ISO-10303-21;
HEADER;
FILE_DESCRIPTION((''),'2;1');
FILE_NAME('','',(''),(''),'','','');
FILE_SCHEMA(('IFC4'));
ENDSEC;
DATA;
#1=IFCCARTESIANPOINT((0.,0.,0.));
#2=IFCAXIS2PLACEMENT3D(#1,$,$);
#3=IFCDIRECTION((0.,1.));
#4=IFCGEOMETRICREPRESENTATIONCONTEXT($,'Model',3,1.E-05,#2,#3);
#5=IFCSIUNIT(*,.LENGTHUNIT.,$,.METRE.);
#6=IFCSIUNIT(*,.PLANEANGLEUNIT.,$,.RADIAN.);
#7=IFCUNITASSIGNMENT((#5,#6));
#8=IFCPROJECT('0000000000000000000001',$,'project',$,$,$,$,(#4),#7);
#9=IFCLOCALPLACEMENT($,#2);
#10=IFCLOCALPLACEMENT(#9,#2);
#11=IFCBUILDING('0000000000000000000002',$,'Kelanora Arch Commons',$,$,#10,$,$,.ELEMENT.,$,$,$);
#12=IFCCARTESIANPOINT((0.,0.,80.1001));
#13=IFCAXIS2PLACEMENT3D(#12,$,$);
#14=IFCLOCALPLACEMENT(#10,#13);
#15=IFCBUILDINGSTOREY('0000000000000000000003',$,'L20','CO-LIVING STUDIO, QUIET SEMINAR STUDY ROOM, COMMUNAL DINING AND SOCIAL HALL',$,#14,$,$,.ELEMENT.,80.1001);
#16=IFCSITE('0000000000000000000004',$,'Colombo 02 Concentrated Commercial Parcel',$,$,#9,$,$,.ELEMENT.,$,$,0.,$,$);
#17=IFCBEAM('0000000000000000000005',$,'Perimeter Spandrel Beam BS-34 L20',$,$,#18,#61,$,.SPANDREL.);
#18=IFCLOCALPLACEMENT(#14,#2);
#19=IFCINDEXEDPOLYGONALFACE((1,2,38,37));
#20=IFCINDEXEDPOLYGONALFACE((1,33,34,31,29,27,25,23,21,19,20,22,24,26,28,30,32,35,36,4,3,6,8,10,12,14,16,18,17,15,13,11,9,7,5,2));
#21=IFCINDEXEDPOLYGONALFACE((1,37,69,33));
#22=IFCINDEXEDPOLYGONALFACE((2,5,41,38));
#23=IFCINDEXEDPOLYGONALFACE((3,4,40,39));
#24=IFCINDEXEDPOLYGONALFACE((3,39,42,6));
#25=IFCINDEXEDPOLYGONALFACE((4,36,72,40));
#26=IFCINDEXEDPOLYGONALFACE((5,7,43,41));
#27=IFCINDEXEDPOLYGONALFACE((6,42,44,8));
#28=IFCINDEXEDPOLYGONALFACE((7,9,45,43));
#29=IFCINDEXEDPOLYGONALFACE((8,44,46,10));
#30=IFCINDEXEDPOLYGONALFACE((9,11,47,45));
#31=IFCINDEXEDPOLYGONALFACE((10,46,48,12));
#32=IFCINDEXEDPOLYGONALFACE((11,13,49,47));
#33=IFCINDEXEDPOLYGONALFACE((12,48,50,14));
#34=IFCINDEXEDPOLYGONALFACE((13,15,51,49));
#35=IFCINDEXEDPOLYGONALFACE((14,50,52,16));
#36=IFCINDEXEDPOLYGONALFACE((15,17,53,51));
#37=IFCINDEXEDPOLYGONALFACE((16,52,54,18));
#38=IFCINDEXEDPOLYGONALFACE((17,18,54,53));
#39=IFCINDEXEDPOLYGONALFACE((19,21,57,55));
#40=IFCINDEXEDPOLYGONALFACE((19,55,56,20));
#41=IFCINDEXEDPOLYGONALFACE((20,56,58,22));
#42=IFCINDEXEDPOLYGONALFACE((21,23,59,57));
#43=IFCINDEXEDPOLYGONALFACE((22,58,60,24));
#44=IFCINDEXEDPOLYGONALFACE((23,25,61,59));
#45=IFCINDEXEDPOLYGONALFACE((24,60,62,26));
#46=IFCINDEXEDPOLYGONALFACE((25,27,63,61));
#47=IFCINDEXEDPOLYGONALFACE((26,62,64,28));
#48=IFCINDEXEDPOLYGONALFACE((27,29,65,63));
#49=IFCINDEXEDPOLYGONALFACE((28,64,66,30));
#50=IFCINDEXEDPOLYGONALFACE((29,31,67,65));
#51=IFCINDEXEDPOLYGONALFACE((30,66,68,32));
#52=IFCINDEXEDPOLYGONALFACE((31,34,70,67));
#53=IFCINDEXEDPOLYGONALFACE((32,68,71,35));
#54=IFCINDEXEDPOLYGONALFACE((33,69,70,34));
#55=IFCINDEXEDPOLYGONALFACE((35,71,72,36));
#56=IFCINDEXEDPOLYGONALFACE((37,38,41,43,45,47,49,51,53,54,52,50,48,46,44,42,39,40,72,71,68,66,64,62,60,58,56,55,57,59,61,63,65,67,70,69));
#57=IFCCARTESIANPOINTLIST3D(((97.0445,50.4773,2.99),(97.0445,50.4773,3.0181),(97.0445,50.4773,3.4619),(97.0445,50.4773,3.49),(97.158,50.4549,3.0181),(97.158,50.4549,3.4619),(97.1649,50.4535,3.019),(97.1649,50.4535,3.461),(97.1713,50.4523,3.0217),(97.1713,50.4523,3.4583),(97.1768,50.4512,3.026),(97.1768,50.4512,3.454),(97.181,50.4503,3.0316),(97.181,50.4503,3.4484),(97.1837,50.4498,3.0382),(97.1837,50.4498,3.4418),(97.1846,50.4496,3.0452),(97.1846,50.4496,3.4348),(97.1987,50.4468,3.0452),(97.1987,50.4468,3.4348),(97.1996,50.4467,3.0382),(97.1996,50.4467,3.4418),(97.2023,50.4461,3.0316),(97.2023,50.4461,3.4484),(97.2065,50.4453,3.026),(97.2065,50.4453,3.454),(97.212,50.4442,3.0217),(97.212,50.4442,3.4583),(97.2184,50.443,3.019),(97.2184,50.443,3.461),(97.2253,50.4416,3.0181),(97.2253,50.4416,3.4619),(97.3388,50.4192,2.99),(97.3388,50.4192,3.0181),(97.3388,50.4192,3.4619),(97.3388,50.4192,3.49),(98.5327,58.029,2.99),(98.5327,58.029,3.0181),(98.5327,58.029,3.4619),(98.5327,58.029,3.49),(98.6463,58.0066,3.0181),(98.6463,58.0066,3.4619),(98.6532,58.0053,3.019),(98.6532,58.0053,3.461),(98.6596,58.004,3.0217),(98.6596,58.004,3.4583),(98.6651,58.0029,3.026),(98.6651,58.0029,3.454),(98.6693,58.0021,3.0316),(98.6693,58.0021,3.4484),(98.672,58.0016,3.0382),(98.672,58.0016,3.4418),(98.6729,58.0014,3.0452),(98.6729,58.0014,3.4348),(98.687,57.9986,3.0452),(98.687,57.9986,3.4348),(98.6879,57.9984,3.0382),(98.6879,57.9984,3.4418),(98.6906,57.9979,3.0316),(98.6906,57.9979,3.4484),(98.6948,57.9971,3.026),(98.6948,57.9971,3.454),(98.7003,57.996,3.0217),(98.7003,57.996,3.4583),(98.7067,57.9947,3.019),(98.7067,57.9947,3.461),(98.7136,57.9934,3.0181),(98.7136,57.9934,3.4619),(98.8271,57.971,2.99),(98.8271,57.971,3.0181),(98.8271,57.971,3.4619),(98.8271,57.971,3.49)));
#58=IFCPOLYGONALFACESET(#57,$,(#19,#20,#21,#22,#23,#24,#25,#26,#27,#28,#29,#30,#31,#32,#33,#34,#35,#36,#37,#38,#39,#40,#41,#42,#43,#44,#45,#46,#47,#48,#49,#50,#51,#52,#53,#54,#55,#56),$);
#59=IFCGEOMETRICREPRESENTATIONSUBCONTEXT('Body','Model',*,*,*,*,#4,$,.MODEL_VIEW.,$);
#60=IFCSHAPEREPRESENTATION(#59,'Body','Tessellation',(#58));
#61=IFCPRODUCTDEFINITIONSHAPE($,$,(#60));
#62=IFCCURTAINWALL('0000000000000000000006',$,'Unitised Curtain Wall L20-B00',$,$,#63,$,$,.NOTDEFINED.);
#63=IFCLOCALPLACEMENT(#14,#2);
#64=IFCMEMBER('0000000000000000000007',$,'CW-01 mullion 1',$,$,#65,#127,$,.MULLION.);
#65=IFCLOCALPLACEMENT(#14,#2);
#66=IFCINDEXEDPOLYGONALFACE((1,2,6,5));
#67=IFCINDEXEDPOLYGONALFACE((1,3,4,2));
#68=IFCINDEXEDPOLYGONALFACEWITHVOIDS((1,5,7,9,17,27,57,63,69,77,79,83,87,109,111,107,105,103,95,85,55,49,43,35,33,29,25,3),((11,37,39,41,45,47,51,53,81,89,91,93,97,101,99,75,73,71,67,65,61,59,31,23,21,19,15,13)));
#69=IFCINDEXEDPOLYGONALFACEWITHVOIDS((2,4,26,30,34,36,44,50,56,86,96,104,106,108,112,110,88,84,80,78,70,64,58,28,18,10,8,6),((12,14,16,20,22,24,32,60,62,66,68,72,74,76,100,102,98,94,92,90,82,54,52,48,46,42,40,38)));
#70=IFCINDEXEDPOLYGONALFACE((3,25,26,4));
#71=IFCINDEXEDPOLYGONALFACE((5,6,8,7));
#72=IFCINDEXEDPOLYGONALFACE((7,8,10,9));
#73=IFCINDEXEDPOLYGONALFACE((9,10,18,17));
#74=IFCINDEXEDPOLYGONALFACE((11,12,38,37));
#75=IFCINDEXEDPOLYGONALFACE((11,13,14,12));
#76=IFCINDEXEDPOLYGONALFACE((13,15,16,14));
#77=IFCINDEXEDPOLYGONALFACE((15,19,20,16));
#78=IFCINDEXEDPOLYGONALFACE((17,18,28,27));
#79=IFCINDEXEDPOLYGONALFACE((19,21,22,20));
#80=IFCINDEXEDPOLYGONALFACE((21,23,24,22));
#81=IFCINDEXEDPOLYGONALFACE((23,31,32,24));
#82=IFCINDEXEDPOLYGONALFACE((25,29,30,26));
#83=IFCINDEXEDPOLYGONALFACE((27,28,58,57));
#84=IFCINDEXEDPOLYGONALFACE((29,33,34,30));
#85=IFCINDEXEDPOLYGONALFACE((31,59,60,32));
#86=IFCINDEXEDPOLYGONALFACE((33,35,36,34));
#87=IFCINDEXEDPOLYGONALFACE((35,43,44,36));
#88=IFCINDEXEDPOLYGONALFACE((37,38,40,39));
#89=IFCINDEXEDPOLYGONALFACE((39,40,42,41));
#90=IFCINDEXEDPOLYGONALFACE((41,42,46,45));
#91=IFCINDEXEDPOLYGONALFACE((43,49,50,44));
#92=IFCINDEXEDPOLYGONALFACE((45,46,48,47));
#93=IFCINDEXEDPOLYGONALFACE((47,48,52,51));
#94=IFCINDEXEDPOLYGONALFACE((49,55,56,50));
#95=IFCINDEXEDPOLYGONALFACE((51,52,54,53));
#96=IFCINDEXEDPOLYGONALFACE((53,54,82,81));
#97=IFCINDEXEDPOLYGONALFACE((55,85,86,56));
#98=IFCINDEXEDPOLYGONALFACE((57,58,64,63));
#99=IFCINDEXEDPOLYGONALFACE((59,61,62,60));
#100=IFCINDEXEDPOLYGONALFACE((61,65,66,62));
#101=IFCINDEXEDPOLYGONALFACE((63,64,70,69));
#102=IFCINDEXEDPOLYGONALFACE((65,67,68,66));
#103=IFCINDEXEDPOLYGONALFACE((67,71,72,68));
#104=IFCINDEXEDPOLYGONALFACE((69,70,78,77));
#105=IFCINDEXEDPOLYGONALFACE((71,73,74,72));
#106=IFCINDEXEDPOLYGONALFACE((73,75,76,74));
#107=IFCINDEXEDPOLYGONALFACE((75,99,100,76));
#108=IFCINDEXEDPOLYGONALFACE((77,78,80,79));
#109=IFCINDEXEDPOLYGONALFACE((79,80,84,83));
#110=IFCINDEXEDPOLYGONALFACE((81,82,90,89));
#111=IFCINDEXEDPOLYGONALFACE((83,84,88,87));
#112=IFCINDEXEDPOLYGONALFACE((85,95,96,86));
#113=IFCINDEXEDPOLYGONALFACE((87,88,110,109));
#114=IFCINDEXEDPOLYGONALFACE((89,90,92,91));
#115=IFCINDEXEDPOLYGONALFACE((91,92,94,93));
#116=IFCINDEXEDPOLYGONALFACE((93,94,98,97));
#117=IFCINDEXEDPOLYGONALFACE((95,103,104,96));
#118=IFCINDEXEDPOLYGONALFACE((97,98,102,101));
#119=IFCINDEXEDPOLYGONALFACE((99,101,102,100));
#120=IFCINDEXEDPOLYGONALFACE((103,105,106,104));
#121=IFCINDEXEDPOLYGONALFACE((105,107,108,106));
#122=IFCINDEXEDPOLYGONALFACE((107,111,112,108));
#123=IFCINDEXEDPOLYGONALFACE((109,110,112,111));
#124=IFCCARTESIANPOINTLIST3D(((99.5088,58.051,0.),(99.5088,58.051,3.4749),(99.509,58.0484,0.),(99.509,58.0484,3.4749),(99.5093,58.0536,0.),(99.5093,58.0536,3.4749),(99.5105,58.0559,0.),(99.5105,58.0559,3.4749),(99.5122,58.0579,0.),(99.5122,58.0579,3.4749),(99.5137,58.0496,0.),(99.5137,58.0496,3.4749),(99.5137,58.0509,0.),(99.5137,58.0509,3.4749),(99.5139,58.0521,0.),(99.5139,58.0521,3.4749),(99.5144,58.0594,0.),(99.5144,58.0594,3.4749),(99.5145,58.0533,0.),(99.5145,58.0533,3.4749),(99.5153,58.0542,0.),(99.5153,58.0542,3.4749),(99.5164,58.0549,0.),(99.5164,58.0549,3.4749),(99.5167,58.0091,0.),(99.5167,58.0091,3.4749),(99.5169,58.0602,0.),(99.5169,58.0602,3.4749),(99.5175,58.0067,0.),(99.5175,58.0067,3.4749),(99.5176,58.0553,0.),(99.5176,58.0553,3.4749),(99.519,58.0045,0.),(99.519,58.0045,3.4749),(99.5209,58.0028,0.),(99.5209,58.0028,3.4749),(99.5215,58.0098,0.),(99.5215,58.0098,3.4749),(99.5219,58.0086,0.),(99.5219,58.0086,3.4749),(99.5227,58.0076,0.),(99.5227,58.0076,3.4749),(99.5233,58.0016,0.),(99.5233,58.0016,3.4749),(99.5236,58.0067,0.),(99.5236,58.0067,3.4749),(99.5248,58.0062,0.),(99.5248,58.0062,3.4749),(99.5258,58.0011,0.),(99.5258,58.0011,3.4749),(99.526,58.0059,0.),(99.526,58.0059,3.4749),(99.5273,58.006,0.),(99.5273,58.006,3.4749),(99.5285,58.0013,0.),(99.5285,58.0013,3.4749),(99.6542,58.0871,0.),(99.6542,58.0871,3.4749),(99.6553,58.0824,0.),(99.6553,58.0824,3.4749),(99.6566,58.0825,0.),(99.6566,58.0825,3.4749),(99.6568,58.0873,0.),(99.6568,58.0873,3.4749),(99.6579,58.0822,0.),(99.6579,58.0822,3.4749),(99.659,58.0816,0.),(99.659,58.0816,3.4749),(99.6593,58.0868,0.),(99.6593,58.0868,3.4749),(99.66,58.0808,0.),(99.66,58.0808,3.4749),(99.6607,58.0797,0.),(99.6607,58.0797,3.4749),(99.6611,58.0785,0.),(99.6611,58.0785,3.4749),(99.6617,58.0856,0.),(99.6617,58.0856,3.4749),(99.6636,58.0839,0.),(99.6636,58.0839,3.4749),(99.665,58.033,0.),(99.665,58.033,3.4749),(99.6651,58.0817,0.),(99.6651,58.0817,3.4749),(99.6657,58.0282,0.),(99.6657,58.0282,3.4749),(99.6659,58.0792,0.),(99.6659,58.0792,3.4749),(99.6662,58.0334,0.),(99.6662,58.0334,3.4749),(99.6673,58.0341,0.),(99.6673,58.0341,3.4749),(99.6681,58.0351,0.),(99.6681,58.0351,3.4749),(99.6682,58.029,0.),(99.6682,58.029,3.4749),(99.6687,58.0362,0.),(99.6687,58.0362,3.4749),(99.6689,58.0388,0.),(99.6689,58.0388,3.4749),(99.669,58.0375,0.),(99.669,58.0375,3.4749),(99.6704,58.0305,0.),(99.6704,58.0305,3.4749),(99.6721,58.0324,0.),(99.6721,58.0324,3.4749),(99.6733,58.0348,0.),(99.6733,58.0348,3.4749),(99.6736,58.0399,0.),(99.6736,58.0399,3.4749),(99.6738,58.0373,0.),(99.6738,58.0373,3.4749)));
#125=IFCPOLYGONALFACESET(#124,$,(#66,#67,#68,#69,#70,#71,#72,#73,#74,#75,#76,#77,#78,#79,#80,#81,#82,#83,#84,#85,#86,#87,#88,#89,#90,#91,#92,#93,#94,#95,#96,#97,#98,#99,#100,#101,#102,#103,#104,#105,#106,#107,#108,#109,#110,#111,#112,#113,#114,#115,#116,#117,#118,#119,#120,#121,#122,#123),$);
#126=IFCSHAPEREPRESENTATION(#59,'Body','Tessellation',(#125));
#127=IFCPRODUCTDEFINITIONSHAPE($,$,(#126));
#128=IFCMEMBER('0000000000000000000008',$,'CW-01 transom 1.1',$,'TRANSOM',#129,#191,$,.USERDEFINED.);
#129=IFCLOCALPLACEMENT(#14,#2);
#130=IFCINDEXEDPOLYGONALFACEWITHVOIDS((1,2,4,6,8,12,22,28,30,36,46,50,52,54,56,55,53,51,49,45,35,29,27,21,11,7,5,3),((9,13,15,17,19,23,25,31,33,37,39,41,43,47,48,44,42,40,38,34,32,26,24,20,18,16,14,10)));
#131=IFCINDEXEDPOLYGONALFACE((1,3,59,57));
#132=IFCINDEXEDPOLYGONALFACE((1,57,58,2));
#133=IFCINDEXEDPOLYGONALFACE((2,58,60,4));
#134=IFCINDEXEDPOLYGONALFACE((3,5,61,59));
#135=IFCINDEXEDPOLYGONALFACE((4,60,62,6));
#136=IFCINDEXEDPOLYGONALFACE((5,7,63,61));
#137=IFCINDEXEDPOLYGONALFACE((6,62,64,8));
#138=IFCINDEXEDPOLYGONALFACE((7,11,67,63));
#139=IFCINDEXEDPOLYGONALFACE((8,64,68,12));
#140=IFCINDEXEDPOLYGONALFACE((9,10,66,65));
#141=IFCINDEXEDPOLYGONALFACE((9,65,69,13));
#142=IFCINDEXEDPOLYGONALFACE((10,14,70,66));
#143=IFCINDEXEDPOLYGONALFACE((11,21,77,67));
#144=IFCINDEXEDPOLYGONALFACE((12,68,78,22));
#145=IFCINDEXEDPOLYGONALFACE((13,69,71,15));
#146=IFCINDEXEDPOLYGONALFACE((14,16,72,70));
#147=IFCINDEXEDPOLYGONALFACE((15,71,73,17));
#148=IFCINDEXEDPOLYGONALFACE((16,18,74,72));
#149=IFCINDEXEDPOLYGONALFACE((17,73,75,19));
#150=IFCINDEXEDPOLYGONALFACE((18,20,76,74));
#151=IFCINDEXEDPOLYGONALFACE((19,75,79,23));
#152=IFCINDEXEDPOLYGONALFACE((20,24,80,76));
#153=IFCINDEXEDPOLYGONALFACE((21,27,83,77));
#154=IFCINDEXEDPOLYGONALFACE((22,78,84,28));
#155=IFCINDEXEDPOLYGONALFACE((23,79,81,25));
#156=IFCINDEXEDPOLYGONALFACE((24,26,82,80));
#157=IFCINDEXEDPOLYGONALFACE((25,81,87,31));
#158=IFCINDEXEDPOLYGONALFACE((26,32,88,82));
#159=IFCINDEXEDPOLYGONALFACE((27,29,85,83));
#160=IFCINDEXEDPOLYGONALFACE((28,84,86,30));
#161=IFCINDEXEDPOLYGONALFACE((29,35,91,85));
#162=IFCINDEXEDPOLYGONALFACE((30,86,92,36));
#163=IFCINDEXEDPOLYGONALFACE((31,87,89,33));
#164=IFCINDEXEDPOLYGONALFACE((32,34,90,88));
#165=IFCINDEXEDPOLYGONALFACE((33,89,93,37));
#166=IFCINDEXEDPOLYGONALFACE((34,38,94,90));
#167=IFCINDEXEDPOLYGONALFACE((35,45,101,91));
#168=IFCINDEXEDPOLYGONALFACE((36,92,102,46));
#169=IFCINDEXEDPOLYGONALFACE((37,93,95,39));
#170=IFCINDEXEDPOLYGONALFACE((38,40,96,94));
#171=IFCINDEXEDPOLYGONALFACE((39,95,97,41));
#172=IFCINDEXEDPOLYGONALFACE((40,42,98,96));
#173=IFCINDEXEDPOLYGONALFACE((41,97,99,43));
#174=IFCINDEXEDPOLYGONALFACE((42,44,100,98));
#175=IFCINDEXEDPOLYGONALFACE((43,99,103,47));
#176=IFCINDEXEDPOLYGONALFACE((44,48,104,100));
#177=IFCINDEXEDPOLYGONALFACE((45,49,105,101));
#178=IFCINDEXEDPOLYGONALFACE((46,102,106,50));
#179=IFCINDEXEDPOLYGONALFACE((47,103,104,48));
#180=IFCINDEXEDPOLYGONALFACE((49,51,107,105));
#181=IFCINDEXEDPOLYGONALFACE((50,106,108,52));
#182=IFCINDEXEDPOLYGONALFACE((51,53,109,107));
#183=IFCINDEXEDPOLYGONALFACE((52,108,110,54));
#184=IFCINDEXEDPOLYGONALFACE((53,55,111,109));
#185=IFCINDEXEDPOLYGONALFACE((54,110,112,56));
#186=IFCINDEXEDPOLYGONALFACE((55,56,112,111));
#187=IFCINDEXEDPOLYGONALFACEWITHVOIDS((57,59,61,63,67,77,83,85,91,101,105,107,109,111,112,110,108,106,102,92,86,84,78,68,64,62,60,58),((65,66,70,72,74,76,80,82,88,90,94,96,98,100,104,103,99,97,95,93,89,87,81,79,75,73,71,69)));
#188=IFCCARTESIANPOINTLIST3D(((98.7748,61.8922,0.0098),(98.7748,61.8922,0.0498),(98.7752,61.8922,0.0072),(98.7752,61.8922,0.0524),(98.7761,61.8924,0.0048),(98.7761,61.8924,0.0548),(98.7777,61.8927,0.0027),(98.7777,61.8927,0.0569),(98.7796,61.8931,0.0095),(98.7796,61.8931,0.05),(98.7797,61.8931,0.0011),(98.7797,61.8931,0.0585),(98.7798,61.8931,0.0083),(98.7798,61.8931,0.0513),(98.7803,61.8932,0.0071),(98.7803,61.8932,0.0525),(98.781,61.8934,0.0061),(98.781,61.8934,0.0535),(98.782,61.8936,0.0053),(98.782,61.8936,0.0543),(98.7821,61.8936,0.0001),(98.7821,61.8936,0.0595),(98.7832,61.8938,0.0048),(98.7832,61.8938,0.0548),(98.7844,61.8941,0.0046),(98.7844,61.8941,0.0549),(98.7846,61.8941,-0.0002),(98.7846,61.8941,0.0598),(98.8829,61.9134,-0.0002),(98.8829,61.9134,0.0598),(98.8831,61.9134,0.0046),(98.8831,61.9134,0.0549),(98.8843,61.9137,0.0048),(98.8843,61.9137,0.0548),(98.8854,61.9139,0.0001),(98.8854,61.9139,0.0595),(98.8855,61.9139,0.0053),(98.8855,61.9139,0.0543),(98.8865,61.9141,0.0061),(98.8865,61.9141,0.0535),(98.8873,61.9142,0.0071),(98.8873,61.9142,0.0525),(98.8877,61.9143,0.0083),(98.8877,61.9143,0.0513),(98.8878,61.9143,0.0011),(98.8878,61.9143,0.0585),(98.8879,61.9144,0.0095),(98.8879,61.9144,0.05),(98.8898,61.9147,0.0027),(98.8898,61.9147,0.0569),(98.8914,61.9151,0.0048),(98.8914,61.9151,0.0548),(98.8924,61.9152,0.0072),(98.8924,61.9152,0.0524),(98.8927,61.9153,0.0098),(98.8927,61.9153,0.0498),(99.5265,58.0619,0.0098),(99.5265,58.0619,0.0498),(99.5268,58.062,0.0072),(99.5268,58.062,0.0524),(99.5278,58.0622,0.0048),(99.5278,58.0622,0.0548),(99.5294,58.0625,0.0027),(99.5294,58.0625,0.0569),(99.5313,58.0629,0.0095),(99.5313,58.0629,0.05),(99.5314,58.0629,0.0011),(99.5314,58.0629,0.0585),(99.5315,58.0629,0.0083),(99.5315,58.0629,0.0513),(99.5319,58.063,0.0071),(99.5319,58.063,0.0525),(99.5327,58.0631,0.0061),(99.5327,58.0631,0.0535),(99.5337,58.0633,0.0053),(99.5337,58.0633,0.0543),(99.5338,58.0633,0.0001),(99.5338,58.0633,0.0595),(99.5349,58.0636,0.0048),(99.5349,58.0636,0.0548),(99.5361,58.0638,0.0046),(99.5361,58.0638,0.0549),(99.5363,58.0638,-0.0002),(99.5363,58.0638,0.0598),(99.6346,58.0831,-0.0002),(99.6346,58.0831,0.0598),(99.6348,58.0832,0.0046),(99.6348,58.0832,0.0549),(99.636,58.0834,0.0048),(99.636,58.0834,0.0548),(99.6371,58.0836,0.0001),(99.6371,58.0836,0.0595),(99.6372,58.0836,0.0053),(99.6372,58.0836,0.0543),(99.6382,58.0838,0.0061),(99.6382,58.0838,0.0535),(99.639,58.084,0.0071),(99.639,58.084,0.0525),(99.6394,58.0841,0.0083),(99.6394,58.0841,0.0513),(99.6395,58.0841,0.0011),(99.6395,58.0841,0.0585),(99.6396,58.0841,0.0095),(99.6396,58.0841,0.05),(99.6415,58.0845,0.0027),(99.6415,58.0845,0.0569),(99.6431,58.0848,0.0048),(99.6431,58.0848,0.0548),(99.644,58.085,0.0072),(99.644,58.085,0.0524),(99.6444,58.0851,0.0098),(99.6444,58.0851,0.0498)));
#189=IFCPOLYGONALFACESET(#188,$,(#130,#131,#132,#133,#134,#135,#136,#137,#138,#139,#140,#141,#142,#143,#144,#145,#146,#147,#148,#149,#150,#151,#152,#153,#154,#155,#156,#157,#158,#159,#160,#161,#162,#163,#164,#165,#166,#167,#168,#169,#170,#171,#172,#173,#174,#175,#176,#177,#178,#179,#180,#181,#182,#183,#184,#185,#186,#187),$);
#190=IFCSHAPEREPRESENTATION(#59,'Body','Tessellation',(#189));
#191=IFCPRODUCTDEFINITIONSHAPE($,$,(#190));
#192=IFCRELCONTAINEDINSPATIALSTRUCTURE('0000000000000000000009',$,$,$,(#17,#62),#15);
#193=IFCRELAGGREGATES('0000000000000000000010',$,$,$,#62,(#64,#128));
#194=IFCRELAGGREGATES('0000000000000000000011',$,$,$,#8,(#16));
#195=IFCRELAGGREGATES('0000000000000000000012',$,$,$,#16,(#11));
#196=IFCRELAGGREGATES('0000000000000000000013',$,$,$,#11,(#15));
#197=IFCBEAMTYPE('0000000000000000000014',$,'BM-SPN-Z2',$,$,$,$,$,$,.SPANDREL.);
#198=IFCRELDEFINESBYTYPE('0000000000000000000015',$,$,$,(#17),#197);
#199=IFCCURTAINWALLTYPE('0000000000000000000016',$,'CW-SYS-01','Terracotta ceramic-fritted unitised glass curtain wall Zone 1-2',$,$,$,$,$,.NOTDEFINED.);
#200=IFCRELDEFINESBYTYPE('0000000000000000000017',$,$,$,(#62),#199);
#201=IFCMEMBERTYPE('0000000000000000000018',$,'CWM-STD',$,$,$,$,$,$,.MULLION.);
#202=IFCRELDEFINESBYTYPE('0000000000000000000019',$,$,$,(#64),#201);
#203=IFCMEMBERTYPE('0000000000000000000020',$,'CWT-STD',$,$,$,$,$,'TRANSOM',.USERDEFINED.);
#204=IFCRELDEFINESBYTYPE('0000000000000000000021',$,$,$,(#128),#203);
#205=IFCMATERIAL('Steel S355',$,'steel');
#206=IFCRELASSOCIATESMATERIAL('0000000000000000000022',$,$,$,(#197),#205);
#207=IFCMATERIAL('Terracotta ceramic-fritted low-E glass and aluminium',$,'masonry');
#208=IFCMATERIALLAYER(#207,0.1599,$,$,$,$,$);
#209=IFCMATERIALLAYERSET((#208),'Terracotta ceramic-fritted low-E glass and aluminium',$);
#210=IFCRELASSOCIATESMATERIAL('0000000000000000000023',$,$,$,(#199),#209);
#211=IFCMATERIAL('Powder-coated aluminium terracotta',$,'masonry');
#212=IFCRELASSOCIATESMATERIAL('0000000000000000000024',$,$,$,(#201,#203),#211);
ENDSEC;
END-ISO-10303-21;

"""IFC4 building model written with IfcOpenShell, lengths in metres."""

from ifc_helpers import new_model, si_unit, direction, frame, origin, origin_2d, place, context, subcontext, project, spatial, hollow_rectangle, i_section, extrude, material, layer, layer_set, material_profile, profile_set, type_object, element, aggregate, save


model = new_model("IFC4")

# Units and contexts
model_context = context("Model", 3, precision=1e-05, world=origin(), true_north=direction((0.0, 1.0)))
body_context = subcontext(model_context, "Body", "Model", "MODEL_VIEW")
ifc_project = project(units=[si_unit("LENGTHUNIT", "METRE"), si_unit("PLANEANGLEUNIT", "RADIAN")], contexts=[model_context])

# Site, building, storey
site_placement = place(None, origin())
site = spatial("IfcSite", under=ifc_project, at=site_placement, Name="Colombo 02 Concentrated Commercial Parcel", CompositionType="ELEMENT", RefElevation=0.0)
building_placement = place(site_placement, origin())
building = spatial("IfcBuilding", under=site, at=building_placement, Name="Kelanora Arch Commons", CompositionType="ELEMENT")
storey_placement = place(building_placement, frame((0.0, 0.0, 80.1001)))
storey = spatial("IfcBuildingStorey", under=building, at=storey_placement, Name="L20", Description="CO-LIVING STUDIO, QUIET SEMINAR STUDY ROOM, COMMUNAL DINING AND SOCIAL HALL", CompositionType="ELEMENT", Elevation=80.1001)

# Beam
ifc_material_1 = material(Name="Steel S355", Category="steel")
ifc_material_profile_1 = material_profile(ifc_material_1, i_section(OverallWidth=0.3, OverallDepth=0.5, WebThickness=0.0144, FlangeThickness=0.0281, FilletRadius=0.0271, at=origin_2d()), Name="HEB500")
ifc_profile_set_1 = profile_set([ifc_material_profile_1], Name="Steel S355")
beam_type_1 = type_object("IfcBeamType", Name="BM-SPN-Z2", PredefinedType="SPANDREL", material=ifc_profile_set_1)
for number, where, z_axis, x_axis, name in (
    (1, (97.1917, 50.4482, 3.24), (0.193358, 0.981128, 0.0), (-0.981128, 0.193358, 0.0), "Perimeter Spandrel Beam BS-34 L20"),
):
    element("IfcBeam", number, at=place(storey_placement, frame(where, z_axis=z_axis, x_axis=x_axis)), inside=storey, type_object=beam_type_1, Name=name, PredefinedType="SPANDREL", context=body_context, shape_type="SweptSolid", body=[
        extrude(i_section(OverallWidth=0.3, OverallDepth=0.5, WebThickness=0.0144, FlangeThickness=0.0281, FilletRadius=0.0271, at=origin_2d()), origin(), (0.0, 0.0, 1.0), 7.697),
    ])

# Curtain wall, members
ifc_material_2 = material(Name="Terracotta ceramic-fritted low-E glass and aluminium", Category="masonry")
ifc_layer_1 = layer(ifc_material_2, 0.1599)
ifc_layer_set_1 = layer_set([ifc_layer_1], Name="Terracotta ceramic-fritted low-E glass and aluminium")
curtain_wall_type = type_object("IfcCurtainWallType", Name="CW-SYS-01", Description="Terracotta ceramic-fritted unitised glass curtain wall Zone 1-2", PredefinedType="NOTDEFINED", material=ifc_layer_set_1)
curtain_wall_placement = place(storey_placement, origin())
curtain_wall = element("IfcCurtainWall", 2, at=curtain_wall_placement, inside=storey, type_object=curtain_wall_type, Name="Unitised Curtain Wall L20-B00", PredefinedType="NOTDEFINED")
ifc_material_3 = material(Name="Powder-coated aluminium terracotta", Category="masonry")
ifc_material_profile_2 = material_profile(ifc_material_3, hollow_rectangle(XDim=0.1599, YDim=0.0601, WallThickness=0.0049, InnerFilletRadius=0.0049, OuterFilletRadius=0.01, at=origin_2d()), Name="CWM160x60")
ifc_profile_set_2 = profile_set([ifc_material_profile_2], Name="Powder-coated aluminium terracotta")
member_type_1 = type_object("IfcMemberType", Name="CWM-STD", PredefinedType="MULLION", material=ifc_profile_set_2)
member_1_placement = place(storey_placement, frame((99.5913, 58.0442, 0.0), z_axis=(0.0, 0.0, 1.0), x_axis=(-0.98128, -0.192585, 0.0)))
member_1 = element("IfcMember", 3, at=member_1_placement, type_object=member_type_1, Name="CW-01 mullion 1", PredefinedType="MULLION", context=body_context, shape_type="SweptSolid", body=[
    extrude(hollow_rectangle(XDim=0.1599, YDim=0.0601, WallThickness=0.0049, InnerFilletRadius=0.0049, OuterFilletRadius=0.01, at=origin_2d()), origin(), (0.0, 0.0, 1.0), 3.4749),
])
ifc_material_profile_3 = material_profile(ifc_material_3, hollow_rectangle(XDim=0.1201, YDim=0.0601, WallThickness=0.0049, InnerFilletRadius=0.0049, OuterFilletRadius=0.01, at=origin_2d()), Name="CWT120x60")
ifc_profile_set_3 = profile_set([ifc_material_profile_3], Name="Powder-coated aluminium terracotta")
member_type_2 = type_object("IfcMemberType", Name="CWT-STD", ElementType="TRANSOM", PredefinedType="USERDEFINED", material=ifc_profile_set_3)
member_2_placement = place(storey_placement, frame((99.5854, 58.0735, 0.0298), z_axis=(-0.192579, 0.981282, 0.0), x_axis=(-0.981282, -0.192579, 0.0)))
member_2 = element("IfcMember", 4, at=member_2_placement, type_object=member_type_2, Name="CW-01 transom 1.1", ObjectType="TRANSOM", PredefinedType="USERDEFINED", context=body_context, shape_type="SweptSolid", body=[
    extrude(hollow_rectangle(XDim=0.1201, YDim=0.0601, WallThickness=0.0049, InnerFilletRadius=0.0049, OuterFilletRadius=0.01, at=origin_2d()), origin(), (0.0, 0.0, 1.0), 3.9033),
])
aggregate(curtain_wall, [member_1, member_2])

save(model, "model.ifc")
